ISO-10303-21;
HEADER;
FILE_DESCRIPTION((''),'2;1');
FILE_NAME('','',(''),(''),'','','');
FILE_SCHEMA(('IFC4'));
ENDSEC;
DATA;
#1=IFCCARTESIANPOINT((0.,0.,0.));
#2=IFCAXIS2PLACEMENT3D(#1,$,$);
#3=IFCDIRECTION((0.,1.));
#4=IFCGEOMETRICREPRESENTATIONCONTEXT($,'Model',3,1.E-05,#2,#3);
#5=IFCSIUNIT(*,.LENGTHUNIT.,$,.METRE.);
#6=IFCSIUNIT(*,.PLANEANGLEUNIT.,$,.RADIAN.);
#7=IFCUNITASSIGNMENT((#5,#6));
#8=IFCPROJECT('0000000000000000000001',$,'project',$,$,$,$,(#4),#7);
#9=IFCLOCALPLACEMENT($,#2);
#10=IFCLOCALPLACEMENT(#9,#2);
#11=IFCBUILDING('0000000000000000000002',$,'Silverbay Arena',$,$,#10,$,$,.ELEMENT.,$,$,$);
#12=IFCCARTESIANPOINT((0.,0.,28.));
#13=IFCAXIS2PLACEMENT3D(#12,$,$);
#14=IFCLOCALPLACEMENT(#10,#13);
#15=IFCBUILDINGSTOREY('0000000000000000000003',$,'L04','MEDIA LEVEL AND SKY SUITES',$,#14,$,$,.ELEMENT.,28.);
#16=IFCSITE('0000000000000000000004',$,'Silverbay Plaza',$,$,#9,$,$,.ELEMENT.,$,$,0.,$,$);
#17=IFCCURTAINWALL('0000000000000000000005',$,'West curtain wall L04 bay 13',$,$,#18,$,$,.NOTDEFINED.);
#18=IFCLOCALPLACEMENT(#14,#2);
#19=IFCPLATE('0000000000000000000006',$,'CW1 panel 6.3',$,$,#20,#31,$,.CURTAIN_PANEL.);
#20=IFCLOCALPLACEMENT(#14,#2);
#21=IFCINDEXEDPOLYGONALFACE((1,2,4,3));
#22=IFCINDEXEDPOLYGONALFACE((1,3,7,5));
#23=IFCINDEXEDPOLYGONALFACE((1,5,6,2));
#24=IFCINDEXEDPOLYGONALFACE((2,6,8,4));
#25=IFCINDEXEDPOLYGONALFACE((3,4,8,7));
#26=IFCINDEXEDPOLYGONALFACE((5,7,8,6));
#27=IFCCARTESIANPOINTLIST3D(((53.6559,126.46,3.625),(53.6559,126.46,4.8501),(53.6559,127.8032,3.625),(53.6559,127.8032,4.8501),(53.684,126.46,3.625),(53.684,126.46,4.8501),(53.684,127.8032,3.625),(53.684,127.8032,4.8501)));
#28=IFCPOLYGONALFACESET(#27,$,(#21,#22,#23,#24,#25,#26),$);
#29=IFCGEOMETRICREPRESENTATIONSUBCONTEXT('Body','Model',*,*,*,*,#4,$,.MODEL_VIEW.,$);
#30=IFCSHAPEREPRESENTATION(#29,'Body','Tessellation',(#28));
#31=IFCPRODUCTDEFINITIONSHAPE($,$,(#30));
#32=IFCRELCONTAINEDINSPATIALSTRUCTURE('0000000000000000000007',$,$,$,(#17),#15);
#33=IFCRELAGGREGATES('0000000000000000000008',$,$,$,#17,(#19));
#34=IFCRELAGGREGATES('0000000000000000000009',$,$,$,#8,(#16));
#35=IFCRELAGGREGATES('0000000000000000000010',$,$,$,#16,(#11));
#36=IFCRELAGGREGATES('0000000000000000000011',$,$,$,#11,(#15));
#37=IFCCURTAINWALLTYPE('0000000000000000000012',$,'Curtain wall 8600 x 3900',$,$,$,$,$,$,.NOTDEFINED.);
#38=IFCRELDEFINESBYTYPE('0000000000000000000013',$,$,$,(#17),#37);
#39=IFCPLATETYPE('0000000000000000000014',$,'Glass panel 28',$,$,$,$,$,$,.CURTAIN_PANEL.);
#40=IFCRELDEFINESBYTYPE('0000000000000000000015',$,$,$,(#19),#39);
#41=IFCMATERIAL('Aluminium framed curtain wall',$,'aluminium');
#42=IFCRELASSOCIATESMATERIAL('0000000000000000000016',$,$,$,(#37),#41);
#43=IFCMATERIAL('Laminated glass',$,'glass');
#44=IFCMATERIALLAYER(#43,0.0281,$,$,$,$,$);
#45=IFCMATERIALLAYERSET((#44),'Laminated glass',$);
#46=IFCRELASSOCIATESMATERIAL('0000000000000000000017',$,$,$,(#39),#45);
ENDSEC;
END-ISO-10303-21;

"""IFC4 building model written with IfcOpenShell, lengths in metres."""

from ifc_helpers import new_model, si_unit, direction, frame, origin, origin_2d, place, context, subcontext, project, spatial, rectangle, extrude, material, layer, layer_set, type_object, element, aggregate, save


model = new_model("IFC4")

# Units and contexts
model_context = context("Model", 3, precision=1e-05, world=origin(), true_north=direction((0.0, 1.0)))
body_context = subcontext(model_context, "Body", "Model", "MODEL_VIEW")
ifc_project = project(units=[si_unit("LENGTHUNIT", "METRE"), si_unit("PLANEANGLEUNIT", "RADIAN")], contexts=[model_context])

# Site, building, storey
site_placement = place(None, origin())
site = spatial("IfcSite", under=ifc_project, at=site_placement, Name="Silverbay Plaza", CompositionType="ELEMENT", RefElevation=0.0)
building_placement = place(site_placement, origin())
building = spatial("IfcBuilding", under=site, at=building_placement, Name="Silverbay Arena", CompositionType="ELEMENT")
storey_placement = place(building_placement, frame((0.0, 0.0, 28.0)))
storey = spatial("IfcBuildingStorey", under=building, at=storey_placement, Name="L04", Description="MEDIA LEVEL AND SKY SUITES", CompositionType="ELEMENT", Elevation=28.0)

# Curtain wall, plate
ifc_material_1 = material(Name="Aluminium framed curtain wall", Category="aluminium")
curtain_wall_type = type_object("IfcCurtainWallType", Name="Curtain wall 8600 x 3900", PredefinedType="NOTDEFINED", material=ifc_material_1)
curtain_wall_placement = place(storey_placement, origin())
curtain_wall = element("IfcCurtainWall", 1, at=curtain_wall_placement, inside=storey, type_object=curtain_wall_type, Name="West curtain wall L04 bay 13", PredefinedType="NOTDEFINED")
ifc_material_2 = material(Name="Laminated glass", Category="glass")
ifc_layer = layer(ifc_material_2, 0.0281)
ifc_layer_set = layer_set([ifc_layer], Name="Laminated glass")
plate_type = type_object("IfcPlateType", Name="Glass panel 28", PredefinedType="CURTAIN_PANEL", material=ifc_layer_set)
plate_1_placement = place(storey_placement, frame((53.6699, 127.1316, 3.625), z_axis=(0.0, 0.0, 1.0), x_axis=(0.0, -1.0, 0.0)))
plate_1 = element("IfcPlate", 2, at=plate_1_placement, type_object=plate_type, Name="CW1 panel 6.3", PredefinedType="CURTAIN_PANEL", context=body_context, shape_type="SweptSolid", body=[
    extrude(rectangle(XDim=1.3433, YDim=0.0281, at=origin_2d()), origin(), (0.0, 0.0, 1.0), 1.2251),
])
aggregate(curtain_wall, [plate_1])

save(model, "model.ifc")
